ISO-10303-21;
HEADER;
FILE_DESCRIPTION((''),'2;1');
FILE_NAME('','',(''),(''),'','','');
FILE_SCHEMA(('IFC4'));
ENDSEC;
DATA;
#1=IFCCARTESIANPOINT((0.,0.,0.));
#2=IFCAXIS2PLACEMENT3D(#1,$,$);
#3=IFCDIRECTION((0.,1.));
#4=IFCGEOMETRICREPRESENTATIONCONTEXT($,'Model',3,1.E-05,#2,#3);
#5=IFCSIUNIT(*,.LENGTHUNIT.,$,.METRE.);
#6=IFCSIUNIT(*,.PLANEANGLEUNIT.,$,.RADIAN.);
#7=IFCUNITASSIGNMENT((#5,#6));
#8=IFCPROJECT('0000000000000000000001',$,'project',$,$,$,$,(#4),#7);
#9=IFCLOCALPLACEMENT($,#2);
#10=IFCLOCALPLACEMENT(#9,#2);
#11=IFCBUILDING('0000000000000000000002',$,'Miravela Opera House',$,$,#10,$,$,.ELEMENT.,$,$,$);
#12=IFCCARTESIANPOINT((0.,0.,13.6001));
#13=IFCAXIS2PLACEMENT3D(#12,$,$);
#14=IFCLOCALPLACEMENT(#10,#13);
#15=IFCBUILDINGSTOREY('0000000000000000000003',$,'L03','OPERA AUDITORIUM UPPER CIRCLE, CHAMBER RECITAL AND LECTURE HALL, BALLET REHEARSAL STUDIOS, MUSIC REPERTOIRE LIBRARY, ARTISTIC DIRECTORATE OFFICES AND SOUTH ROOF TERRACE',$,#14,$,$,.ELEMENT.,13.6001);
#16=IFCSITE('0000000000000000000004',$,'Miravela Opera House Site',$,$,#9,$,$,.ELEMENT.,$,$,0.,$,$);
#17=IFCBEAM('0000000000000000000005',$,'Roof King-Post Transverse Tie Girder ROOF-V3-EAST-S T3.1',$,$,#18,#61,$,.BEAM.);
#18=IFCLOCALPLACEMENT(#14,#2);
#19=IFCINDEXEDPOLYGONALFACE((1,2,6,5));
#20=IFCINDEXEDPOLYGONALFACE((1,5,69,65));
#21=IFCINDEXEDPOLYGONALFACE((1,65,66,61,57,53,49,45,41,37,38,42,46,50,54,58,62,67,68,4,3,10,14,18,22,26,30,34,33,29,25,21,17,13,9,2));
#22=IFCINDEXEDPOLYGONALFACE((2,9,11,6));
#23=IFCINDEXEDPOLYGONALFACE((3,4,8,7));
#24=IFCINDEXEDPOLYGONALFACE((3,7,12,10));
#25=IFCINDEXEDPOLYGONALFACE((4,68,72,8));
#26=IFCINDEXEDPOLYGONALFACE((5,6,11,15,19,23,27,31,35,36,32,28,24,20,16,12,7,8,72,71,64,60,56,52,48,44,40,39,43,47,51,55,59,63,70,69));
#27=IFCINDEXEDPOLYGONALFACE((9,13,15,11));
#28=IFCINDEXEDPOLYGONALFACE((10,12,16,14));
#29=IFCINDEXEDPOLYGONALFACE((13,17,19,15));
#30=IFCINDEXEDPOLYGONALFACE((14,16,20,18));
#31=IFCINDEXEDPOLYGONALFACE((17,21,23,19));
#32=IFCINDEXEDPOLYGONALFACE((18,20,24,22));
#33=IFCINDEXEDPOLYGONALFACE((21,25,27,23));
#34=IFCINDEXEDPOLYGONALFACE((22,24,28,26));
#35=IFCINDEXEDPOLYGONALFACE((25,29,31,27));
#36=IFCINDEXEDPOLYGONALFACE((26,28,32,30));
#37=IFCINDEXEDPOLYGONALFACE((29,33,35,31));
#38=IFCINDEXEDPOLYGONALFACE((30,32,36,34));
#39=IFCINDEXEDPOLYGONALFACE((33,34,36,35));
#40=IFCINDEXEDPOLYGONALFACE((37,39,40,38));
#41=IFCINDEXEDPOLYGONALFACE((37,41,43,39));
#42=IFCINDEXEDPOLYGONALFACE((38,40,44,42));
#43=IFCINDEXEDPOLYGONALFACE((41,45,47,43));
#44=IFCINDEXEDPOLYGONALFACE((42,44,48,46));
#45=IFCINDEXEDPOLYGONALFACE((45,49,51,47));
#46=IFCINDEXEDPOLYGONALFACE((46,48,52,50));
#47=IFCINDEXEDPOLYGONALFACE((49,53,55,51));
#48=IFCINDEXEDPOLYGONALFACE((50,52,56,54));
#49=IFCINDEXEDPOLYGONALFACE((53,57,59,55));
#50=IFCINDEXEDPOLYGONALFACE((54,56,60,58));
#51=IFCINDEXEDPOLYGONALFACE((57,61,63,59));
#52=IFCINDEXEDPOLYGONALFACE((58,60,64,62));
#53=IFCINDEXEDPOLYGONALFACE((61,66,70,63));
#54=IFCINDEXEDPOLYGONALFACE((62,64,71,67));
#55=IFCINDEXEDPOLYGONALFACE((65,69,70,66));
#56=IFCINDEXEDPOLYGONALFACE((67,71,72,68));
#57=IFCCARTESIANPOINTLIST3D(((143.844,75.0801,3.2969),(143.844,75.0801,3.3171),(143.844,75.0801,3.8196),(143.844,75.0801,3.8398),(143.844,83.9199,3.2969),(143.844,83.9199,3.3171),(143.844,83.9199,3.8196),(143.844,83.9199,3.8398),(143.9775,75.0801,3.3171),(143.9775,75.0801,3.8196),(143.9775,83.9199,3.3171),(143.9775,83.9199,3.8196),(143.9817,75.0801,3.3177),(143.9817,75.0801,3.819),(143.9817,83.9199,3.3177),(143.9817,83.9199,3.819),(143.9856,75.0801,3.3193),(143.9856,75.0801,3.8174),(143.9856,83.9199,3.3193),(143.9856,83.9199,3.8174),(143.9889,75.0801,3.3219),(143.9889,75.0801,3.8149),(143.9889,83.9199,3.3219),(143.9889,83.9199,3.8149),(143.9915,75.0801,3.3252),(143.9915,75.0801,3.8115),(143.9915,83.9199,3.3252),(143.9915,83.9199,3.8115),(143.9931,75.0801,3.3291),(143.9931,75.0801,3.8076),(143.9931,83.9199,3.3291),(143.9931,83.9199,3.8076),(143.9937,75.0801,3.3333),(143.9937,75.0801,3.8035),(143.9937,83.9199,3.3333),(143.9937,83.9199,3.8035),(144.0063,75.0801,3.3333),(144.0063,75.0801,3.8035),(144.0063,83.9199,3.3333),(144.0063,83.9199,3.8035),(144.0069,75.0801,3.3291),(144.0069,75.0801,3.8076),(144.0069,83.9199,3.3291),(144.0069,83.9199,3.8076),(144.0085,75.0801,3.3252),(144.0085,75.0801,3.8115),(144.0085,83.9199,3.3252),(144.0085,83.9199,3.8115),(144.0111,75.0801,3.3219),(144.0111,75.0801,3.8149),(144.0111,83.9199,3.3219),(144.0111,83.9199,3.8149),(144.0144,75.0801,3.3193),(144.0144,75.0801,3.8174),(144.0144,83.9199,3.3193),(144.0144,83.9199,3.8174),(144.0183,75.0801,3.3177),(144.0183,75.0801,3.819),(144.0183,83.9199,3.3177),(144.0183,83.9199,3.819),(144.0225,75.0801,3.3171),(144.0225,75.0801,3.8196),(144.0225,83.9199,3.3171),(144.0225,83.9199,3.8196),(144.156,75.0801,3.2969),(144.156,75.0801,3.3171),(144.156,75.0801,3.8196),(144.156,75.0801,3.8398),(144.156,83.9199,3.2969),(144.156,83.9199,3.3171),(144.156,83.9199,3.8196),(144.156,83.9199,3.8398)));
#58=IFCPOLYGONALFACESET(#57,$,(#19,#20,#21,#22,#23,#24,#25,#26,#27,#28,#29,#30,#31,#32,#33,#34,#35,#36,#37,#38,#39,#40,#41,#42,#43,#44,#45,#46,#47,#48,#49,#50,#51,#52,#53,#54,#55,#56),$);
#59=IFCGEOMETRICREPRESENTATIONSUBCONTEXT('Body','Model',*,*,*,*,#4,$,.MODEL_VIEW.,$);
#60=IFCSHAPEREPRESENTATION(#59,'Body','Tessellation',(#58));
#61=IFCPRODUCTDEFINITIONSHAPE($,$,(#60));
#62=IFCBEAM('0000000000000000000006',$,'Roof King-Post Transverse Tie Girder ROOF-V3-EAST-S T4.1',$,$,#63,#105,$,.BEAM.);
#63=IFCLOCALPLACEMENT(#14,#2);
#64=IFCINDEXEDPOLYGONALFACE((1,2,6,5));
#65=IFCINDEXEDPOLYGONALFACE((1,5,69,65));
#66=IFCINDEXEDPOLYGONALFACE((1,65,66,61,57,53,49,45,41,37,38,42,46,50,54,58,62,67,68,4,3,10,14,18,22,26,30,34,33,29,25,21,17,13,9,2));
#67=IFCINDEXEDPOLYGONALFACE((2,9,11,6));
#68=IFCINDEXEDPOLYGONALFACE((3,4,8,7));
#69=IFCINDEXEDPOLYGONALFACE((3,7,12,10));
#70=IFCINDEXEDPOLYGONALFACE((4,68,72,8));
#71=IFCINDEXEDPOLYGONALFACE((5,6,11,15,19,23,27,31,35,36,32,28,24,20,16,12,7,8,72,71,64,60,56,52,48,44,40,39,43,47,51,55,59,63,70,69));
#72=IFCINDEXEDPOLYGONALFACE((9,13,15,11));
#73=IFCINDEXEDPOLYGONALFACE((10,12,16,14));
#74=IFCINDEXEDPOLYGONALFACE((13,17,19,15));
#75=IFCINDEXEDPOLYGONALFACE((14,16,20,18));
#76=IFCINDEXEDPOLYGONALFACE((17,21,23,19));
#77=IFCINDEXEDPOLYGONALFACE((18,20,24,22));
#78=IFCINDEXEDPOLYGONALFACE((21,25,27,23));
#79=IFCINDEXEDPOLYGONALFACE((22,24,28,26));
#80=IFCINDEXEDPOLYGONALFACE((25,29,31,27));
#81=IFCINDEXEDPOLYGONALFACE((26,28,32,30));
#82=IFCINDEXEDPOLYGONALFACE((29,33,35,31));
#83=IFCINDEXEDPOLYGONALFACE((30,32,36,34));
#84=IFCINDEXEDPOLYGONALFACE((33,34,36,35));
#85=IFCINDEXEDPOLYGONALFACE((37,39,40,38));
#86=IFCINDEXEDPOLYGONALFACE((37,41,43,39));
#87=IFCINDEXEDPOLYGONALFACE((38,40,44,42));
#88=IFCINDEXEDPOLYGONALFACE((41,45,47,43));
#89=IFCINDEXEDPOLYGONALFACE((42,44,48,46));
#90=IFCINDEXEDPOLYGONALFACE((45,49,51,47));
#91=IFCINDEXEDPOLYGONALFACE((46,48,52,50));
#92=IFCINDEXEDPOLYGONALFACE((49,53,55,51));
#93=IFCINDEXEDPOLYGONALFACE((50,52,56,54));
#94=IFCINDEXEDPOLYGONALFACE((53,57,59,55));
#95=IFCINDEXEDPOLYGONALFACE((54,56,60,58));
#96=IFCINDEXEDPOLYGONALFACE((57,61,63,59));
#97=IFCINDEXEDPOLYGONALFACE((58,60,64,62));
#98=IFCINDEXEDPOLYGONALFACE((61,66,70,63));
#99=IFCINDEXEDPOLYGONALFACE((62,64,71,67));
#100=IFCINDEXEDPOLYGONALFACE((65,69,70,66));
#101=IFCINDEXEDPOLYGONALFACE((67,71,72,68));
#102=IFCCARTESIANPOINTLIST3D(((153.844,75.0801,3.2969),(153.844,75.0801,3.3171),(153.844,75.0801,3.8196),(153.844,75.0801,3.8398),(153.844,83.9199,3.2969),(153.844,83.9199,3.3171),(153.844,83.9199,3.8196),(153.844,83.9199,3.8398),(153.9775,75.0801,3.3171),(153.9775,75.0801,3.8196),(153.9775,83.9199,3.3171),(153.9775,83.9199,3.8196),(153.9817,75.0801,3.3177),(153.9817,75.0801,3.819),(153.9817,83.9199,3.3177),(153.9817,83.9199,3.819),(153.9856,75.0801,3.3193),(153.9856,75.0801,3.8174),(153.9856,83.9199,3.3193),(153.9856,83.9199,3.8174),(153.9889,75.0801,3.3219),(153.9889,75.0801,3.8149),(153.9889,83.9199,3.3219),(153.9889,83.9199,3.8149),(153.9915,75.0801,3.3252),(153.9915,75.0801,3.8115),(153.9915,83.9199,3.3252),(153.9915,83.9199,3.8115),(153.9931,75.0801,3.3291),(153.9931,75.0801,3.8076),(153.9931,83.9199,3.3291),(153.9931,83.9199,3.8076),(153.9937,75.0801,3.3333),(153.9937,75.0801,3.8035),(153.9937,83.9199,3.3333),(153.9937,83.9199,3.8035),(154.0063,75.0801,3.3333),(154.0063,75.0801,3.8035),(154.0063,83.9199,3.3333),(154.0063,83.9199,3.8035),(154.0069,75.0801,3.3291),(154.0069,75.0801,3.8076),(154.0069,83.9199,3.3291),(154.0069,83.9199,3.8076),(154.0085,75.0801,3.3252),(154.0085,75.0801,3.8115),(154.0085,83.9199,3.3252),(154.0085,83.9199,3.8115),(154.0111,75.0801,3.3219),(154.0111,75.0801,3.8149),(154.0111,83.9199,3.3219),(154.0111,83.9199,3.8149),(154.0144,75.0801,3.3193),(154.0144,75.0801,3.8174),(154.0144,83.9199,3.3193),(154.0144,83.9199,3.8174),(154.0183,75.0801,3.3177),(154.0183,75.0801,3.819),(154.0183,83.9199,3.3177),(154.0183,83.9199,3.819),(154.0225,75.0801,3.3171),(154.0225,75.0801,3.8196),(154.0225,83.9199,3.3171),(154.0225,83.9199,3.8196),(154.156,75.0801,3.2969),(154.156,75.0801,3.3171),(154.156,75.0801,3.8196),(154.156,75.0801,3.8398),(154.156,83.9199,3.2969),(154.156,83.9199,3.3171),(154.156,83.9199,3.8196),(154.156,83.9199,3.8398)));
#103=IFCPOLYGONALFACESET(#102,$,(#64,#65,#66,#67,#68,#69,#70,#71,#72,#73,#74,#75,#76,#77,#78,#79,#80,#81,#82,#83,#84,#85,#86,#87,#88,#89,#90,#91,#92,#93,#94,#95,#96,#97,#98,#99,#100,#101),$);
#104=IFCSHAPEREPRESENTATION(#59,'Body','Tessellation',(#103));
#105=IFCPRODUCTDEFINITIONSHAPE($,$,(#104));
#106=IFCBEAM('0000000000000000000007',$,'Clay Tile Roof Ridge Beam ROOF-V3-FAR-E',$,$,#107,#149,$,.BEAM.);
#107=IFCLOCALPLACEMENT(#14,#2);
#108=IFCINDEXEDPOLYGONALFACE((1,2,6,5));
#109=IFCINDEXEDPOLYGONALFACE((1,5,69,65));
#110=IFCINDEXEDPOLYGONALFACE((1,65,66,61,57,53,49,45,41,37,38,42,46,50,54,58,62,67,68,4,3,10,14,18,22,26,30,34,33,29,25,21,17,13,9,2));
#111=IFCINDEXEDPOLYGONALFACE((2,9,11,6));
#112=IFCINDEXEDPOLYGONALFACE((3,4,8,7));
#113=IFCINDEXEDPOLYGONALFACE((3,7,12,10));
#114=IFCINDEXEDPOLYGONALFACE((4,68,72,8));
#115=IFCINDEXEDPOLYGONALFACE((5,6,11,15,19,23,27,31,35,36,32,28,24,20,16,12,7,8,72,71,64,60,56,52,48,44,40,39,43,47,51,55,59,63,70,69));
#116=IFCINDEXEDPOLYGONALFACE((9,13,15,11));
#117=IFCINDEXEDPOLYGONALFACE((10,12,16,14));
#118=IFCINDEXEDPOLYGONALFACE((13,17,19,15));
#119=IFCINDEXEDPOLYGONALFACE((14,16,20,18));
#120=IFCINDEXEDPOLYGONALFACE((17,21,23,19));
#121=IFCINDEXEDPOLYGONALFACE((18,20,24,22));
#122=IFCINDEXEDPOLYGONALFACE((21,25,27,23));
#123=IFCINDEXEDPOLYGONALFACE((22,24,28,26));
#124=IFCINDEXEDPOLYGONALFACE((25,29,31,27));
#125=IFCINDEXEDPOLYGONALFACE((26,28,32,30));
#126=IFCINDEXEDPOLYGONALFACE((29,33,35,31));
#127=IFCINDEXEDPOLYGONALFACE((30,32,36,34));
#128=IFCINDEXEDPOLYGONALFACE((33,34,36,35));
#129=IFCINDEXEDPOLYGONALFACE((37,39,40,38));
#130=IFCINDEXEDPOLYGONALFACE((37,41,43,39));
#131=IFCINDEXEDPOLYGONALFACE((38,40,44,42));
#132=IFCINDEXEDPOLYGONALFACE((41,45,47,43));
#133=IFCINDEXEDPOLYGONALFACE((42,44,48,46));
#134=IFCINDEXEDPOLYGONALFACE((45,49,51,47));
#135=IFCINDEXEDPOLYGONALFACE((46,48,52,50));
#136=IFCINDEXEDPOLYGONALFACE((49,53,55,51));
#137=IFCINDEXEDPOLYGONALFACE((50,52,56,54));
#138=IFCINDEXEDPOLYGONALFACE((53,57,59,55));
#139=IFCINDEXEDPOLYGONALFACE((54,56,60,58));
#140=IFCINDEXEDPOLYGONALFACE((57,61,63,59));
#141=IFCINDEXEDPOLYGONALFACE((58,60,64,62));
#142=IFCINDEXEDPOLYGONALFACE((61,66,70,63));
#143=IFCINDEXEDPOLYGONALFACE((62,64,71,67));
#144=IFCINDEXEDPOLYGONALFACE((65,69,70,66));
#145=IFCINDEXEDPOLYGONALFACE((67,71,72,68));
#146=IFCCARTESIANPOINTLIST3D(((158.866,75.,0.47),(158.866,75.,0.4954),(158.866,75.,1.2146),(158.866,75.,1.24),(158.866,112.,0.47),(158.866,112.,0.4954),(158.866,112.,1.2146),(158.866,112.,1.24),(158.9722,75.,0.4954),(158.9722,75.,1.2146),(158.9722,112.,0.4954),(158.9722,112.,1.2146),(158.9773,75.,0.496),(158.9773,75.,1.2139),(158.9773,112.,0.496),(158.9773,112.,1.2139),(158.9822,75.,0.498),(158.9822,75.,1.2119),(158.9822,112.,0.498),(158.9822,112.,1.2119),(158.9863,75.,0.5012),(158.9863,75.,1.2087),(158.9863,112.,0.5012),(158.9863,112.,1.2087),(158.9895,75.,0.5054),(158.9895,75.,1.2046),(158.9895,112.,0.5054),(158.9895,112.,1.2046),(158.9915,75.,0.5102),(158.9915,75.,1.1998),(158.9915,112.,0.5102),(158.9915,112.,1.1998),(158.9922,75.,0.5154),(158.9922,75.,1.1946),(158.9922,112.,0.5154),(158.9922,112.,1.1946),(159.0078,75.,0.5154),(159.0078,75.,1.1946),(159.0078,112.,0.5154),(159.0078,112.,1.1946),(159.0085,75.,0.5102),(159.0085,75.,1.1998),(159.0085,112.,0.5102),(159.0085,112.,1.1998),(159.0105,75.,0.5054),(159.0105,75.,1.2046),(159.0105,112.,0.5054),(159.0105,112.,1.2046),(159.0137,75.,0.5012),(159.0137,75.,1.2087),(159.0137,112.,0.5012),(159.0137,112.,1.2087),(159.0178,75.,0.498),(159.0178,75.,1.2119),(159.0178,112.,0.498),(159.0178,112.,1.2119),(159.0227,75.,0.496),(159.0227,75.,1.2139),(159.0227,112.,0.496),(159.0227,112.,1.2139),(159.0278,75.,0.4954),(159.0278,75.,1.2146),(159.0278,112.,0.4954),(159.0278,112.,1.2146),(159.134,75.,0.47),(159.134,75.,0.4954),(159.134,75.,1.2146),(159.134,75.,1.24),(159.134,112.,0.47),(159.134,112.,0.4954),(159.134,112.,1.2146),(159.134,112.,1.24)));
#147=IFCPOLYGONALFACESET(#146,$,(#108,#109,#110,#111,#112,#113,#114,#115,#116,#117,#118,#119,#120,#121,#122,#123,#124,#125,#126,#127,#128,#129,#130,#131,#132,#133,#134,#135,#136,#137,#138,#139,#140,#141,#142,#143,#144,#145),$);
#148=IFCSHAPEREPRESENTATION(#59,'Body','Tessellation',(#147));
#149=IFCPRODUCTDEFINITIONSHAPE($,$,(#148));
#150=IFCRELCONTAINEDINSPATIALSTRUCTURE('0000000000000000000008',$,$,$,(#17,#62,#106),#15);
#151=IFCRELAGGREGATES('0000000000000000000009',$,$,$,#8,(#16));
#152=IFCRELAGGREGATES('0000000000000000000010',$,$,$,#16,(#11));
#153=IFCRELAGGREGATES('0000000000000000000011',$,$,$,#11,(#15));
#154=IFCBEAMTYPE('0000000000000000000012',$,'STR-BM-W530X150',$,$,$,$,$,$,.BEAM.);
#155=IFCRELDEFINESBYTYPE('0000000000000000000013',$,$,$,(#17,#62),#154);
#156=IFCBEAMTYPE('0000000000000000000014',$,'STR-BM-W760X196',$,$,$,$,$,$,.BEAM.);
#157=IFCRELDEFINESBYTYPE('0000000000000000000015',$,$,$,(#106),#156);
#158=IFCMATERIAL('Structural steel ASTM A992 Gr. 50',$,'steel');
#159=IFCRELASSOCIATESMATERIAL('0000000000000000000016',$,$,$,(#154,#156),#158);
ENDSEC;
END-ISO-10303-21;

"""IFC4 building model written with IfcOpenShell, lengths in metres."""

from ifc_helpers import new_model, si_unit, direction, frame, origin, origin_2d, place, context, subcontext, project, spatial, i_section, extrude, material, material_profile, profile_set, type_object, element, save


model = new_model("IFC4")

# Units and contexts
model_context = context("Model", 3, precision=1e-05, world=origin(), true_north=direction((0.0, 1.0)))
body_context = subcontext(model_context, "Body", "Model", "MODEL_VIEW")
ifc_project = project(units=[si_unit("LENGTHUNIT", "METRE"), si_unit("PLANEANGLEUNIT", "RADIAN")], contexts=[model_context])

# Site, building, storey
site_placement = place(None, origin())
site = spatial("IfcSite", under=ifc_project, at=site_placement, Name="Miravela Opera House Site", CompositionType="ELEMENT", RefElevation=0.0)
building_placement = place(site_placement, origin())
building = spatial("IfcBuilding", under=site, at=building_placement, Name="Miravela Opera House", CompositionType="ELEMENT")
storey_placement = place(building_placement, frame((0.0, 0.0, 13.6001)))
storey = spatial("IfcBuildingStorey", under=building, at=storey_placement, Name="L03", Description="OPERA AUDITORIUM UPPER CIRCLE, CHAMBER RECITAL AND LECTURE HALL, BALLET REHEARSAL STUDIOS, MUSIC REPERTOIRE LIBRARY, ARTISTIC DIRECTORATE OFFICES AND SOUTH ROOF TERRACE", CompositionType="ELEMENT", Elevation=13.6001)

# Beams
ifc_material_1 = material(Name="Structural steel ASTM A992 Gr. 50", Category="steel")
ifc_material_profile_1 = material_profile(ifc_material_1, i_section(OverallWidth=0.312, OverallDepth=0.543, WebThickness=0.0127, FlangeThickness=0.0203, FilletRadius=0.0161, at=origin_2d()), Name="W530X150")
ifc_profile_set_1 = profile_set([ifc_material_profile_1])
beam_type_1 = type_object("IfcBeamType", Name="STR-BM-W530X150", PredefinedType="BEAM", material=ifc_profile_set_1)
for number, where, z_axis, x_axis, name in (
    (1, (144.0, 75.0801, 3.5684), (0.0, 1.0, 0.0), (-1.0, 0.0, 0.0), "Roof King-Post Transverse Tie Girder ROOF-V3-EAST-S T3.1"),
    (2, (154.0, 75.0801, 3.5684), (0.0, 1.0, 0.0), (-1.0, 0.0, 0.0), "Roof King-Post Transverse Tie Girder ROOF-V3-EAST-S T4.1"),
):
    element("IfcBeam", number, at=place(storey_placement, frame(where, z_axis=z_axis, x_axis=x_axis)), inside=storey, type_object=beam_type_1, Name=name, PredefinedType="BEAM", context=body_context, shape_type="SweptSolid", body=[
        extrude(i_section(OverallWidth=0.312, OverallDepth=0.543, WebThickness=0.0127, FlangeThickness=0.0203, FilletRadius=0.0161, at=origin_2d()), origin(), (0.0, 0.0, 1.0), 8.8398),
    ])
ifc_material_profile_2 = material_profile(ifc_material_1, i_section(OverallWidth=0.2681, OverallDepth=0.77, WebThickness=0.0156, FlangeThickness=0.0254, FilletRadius=0.02, at=origin_2d()), Name="W760X196")
ifc_profile_set_2 = profile_set([ifc_material_profile_2])
beam_type_2 = type_object("IfcBeamType", Name="STR-BM-W760X196", PredefinedType="BEAM", material=ifc_profile_set_2)
beam_1_placement = place(storey_placement, frame((159.0, 75.0, 0.855), z_axis=(0.0, 1.0, 0.0), x_axis=(-1.0, 0.0, 0.0)))
element("IfcBeam", 3, at=beam_1_placement, inside=storey, type_object=beam_type_2, Name="Clay Tile Roof Ridge Beam ROOF-V3-FAR-E", PredefinedType="BEAM", context=body_context, shape_type="SweptSolid", body=[
    extrude(i_section(OverallWidth=0.2681, OverallDepth=0.77, WebThickness=0.0156, FlangeThickness=0.0254, FilletRadius=0.02, at=origin_2d()), origin(), (0.0, 0.0, 1.0), 37.0),
])

save(model, "model.ifc")
